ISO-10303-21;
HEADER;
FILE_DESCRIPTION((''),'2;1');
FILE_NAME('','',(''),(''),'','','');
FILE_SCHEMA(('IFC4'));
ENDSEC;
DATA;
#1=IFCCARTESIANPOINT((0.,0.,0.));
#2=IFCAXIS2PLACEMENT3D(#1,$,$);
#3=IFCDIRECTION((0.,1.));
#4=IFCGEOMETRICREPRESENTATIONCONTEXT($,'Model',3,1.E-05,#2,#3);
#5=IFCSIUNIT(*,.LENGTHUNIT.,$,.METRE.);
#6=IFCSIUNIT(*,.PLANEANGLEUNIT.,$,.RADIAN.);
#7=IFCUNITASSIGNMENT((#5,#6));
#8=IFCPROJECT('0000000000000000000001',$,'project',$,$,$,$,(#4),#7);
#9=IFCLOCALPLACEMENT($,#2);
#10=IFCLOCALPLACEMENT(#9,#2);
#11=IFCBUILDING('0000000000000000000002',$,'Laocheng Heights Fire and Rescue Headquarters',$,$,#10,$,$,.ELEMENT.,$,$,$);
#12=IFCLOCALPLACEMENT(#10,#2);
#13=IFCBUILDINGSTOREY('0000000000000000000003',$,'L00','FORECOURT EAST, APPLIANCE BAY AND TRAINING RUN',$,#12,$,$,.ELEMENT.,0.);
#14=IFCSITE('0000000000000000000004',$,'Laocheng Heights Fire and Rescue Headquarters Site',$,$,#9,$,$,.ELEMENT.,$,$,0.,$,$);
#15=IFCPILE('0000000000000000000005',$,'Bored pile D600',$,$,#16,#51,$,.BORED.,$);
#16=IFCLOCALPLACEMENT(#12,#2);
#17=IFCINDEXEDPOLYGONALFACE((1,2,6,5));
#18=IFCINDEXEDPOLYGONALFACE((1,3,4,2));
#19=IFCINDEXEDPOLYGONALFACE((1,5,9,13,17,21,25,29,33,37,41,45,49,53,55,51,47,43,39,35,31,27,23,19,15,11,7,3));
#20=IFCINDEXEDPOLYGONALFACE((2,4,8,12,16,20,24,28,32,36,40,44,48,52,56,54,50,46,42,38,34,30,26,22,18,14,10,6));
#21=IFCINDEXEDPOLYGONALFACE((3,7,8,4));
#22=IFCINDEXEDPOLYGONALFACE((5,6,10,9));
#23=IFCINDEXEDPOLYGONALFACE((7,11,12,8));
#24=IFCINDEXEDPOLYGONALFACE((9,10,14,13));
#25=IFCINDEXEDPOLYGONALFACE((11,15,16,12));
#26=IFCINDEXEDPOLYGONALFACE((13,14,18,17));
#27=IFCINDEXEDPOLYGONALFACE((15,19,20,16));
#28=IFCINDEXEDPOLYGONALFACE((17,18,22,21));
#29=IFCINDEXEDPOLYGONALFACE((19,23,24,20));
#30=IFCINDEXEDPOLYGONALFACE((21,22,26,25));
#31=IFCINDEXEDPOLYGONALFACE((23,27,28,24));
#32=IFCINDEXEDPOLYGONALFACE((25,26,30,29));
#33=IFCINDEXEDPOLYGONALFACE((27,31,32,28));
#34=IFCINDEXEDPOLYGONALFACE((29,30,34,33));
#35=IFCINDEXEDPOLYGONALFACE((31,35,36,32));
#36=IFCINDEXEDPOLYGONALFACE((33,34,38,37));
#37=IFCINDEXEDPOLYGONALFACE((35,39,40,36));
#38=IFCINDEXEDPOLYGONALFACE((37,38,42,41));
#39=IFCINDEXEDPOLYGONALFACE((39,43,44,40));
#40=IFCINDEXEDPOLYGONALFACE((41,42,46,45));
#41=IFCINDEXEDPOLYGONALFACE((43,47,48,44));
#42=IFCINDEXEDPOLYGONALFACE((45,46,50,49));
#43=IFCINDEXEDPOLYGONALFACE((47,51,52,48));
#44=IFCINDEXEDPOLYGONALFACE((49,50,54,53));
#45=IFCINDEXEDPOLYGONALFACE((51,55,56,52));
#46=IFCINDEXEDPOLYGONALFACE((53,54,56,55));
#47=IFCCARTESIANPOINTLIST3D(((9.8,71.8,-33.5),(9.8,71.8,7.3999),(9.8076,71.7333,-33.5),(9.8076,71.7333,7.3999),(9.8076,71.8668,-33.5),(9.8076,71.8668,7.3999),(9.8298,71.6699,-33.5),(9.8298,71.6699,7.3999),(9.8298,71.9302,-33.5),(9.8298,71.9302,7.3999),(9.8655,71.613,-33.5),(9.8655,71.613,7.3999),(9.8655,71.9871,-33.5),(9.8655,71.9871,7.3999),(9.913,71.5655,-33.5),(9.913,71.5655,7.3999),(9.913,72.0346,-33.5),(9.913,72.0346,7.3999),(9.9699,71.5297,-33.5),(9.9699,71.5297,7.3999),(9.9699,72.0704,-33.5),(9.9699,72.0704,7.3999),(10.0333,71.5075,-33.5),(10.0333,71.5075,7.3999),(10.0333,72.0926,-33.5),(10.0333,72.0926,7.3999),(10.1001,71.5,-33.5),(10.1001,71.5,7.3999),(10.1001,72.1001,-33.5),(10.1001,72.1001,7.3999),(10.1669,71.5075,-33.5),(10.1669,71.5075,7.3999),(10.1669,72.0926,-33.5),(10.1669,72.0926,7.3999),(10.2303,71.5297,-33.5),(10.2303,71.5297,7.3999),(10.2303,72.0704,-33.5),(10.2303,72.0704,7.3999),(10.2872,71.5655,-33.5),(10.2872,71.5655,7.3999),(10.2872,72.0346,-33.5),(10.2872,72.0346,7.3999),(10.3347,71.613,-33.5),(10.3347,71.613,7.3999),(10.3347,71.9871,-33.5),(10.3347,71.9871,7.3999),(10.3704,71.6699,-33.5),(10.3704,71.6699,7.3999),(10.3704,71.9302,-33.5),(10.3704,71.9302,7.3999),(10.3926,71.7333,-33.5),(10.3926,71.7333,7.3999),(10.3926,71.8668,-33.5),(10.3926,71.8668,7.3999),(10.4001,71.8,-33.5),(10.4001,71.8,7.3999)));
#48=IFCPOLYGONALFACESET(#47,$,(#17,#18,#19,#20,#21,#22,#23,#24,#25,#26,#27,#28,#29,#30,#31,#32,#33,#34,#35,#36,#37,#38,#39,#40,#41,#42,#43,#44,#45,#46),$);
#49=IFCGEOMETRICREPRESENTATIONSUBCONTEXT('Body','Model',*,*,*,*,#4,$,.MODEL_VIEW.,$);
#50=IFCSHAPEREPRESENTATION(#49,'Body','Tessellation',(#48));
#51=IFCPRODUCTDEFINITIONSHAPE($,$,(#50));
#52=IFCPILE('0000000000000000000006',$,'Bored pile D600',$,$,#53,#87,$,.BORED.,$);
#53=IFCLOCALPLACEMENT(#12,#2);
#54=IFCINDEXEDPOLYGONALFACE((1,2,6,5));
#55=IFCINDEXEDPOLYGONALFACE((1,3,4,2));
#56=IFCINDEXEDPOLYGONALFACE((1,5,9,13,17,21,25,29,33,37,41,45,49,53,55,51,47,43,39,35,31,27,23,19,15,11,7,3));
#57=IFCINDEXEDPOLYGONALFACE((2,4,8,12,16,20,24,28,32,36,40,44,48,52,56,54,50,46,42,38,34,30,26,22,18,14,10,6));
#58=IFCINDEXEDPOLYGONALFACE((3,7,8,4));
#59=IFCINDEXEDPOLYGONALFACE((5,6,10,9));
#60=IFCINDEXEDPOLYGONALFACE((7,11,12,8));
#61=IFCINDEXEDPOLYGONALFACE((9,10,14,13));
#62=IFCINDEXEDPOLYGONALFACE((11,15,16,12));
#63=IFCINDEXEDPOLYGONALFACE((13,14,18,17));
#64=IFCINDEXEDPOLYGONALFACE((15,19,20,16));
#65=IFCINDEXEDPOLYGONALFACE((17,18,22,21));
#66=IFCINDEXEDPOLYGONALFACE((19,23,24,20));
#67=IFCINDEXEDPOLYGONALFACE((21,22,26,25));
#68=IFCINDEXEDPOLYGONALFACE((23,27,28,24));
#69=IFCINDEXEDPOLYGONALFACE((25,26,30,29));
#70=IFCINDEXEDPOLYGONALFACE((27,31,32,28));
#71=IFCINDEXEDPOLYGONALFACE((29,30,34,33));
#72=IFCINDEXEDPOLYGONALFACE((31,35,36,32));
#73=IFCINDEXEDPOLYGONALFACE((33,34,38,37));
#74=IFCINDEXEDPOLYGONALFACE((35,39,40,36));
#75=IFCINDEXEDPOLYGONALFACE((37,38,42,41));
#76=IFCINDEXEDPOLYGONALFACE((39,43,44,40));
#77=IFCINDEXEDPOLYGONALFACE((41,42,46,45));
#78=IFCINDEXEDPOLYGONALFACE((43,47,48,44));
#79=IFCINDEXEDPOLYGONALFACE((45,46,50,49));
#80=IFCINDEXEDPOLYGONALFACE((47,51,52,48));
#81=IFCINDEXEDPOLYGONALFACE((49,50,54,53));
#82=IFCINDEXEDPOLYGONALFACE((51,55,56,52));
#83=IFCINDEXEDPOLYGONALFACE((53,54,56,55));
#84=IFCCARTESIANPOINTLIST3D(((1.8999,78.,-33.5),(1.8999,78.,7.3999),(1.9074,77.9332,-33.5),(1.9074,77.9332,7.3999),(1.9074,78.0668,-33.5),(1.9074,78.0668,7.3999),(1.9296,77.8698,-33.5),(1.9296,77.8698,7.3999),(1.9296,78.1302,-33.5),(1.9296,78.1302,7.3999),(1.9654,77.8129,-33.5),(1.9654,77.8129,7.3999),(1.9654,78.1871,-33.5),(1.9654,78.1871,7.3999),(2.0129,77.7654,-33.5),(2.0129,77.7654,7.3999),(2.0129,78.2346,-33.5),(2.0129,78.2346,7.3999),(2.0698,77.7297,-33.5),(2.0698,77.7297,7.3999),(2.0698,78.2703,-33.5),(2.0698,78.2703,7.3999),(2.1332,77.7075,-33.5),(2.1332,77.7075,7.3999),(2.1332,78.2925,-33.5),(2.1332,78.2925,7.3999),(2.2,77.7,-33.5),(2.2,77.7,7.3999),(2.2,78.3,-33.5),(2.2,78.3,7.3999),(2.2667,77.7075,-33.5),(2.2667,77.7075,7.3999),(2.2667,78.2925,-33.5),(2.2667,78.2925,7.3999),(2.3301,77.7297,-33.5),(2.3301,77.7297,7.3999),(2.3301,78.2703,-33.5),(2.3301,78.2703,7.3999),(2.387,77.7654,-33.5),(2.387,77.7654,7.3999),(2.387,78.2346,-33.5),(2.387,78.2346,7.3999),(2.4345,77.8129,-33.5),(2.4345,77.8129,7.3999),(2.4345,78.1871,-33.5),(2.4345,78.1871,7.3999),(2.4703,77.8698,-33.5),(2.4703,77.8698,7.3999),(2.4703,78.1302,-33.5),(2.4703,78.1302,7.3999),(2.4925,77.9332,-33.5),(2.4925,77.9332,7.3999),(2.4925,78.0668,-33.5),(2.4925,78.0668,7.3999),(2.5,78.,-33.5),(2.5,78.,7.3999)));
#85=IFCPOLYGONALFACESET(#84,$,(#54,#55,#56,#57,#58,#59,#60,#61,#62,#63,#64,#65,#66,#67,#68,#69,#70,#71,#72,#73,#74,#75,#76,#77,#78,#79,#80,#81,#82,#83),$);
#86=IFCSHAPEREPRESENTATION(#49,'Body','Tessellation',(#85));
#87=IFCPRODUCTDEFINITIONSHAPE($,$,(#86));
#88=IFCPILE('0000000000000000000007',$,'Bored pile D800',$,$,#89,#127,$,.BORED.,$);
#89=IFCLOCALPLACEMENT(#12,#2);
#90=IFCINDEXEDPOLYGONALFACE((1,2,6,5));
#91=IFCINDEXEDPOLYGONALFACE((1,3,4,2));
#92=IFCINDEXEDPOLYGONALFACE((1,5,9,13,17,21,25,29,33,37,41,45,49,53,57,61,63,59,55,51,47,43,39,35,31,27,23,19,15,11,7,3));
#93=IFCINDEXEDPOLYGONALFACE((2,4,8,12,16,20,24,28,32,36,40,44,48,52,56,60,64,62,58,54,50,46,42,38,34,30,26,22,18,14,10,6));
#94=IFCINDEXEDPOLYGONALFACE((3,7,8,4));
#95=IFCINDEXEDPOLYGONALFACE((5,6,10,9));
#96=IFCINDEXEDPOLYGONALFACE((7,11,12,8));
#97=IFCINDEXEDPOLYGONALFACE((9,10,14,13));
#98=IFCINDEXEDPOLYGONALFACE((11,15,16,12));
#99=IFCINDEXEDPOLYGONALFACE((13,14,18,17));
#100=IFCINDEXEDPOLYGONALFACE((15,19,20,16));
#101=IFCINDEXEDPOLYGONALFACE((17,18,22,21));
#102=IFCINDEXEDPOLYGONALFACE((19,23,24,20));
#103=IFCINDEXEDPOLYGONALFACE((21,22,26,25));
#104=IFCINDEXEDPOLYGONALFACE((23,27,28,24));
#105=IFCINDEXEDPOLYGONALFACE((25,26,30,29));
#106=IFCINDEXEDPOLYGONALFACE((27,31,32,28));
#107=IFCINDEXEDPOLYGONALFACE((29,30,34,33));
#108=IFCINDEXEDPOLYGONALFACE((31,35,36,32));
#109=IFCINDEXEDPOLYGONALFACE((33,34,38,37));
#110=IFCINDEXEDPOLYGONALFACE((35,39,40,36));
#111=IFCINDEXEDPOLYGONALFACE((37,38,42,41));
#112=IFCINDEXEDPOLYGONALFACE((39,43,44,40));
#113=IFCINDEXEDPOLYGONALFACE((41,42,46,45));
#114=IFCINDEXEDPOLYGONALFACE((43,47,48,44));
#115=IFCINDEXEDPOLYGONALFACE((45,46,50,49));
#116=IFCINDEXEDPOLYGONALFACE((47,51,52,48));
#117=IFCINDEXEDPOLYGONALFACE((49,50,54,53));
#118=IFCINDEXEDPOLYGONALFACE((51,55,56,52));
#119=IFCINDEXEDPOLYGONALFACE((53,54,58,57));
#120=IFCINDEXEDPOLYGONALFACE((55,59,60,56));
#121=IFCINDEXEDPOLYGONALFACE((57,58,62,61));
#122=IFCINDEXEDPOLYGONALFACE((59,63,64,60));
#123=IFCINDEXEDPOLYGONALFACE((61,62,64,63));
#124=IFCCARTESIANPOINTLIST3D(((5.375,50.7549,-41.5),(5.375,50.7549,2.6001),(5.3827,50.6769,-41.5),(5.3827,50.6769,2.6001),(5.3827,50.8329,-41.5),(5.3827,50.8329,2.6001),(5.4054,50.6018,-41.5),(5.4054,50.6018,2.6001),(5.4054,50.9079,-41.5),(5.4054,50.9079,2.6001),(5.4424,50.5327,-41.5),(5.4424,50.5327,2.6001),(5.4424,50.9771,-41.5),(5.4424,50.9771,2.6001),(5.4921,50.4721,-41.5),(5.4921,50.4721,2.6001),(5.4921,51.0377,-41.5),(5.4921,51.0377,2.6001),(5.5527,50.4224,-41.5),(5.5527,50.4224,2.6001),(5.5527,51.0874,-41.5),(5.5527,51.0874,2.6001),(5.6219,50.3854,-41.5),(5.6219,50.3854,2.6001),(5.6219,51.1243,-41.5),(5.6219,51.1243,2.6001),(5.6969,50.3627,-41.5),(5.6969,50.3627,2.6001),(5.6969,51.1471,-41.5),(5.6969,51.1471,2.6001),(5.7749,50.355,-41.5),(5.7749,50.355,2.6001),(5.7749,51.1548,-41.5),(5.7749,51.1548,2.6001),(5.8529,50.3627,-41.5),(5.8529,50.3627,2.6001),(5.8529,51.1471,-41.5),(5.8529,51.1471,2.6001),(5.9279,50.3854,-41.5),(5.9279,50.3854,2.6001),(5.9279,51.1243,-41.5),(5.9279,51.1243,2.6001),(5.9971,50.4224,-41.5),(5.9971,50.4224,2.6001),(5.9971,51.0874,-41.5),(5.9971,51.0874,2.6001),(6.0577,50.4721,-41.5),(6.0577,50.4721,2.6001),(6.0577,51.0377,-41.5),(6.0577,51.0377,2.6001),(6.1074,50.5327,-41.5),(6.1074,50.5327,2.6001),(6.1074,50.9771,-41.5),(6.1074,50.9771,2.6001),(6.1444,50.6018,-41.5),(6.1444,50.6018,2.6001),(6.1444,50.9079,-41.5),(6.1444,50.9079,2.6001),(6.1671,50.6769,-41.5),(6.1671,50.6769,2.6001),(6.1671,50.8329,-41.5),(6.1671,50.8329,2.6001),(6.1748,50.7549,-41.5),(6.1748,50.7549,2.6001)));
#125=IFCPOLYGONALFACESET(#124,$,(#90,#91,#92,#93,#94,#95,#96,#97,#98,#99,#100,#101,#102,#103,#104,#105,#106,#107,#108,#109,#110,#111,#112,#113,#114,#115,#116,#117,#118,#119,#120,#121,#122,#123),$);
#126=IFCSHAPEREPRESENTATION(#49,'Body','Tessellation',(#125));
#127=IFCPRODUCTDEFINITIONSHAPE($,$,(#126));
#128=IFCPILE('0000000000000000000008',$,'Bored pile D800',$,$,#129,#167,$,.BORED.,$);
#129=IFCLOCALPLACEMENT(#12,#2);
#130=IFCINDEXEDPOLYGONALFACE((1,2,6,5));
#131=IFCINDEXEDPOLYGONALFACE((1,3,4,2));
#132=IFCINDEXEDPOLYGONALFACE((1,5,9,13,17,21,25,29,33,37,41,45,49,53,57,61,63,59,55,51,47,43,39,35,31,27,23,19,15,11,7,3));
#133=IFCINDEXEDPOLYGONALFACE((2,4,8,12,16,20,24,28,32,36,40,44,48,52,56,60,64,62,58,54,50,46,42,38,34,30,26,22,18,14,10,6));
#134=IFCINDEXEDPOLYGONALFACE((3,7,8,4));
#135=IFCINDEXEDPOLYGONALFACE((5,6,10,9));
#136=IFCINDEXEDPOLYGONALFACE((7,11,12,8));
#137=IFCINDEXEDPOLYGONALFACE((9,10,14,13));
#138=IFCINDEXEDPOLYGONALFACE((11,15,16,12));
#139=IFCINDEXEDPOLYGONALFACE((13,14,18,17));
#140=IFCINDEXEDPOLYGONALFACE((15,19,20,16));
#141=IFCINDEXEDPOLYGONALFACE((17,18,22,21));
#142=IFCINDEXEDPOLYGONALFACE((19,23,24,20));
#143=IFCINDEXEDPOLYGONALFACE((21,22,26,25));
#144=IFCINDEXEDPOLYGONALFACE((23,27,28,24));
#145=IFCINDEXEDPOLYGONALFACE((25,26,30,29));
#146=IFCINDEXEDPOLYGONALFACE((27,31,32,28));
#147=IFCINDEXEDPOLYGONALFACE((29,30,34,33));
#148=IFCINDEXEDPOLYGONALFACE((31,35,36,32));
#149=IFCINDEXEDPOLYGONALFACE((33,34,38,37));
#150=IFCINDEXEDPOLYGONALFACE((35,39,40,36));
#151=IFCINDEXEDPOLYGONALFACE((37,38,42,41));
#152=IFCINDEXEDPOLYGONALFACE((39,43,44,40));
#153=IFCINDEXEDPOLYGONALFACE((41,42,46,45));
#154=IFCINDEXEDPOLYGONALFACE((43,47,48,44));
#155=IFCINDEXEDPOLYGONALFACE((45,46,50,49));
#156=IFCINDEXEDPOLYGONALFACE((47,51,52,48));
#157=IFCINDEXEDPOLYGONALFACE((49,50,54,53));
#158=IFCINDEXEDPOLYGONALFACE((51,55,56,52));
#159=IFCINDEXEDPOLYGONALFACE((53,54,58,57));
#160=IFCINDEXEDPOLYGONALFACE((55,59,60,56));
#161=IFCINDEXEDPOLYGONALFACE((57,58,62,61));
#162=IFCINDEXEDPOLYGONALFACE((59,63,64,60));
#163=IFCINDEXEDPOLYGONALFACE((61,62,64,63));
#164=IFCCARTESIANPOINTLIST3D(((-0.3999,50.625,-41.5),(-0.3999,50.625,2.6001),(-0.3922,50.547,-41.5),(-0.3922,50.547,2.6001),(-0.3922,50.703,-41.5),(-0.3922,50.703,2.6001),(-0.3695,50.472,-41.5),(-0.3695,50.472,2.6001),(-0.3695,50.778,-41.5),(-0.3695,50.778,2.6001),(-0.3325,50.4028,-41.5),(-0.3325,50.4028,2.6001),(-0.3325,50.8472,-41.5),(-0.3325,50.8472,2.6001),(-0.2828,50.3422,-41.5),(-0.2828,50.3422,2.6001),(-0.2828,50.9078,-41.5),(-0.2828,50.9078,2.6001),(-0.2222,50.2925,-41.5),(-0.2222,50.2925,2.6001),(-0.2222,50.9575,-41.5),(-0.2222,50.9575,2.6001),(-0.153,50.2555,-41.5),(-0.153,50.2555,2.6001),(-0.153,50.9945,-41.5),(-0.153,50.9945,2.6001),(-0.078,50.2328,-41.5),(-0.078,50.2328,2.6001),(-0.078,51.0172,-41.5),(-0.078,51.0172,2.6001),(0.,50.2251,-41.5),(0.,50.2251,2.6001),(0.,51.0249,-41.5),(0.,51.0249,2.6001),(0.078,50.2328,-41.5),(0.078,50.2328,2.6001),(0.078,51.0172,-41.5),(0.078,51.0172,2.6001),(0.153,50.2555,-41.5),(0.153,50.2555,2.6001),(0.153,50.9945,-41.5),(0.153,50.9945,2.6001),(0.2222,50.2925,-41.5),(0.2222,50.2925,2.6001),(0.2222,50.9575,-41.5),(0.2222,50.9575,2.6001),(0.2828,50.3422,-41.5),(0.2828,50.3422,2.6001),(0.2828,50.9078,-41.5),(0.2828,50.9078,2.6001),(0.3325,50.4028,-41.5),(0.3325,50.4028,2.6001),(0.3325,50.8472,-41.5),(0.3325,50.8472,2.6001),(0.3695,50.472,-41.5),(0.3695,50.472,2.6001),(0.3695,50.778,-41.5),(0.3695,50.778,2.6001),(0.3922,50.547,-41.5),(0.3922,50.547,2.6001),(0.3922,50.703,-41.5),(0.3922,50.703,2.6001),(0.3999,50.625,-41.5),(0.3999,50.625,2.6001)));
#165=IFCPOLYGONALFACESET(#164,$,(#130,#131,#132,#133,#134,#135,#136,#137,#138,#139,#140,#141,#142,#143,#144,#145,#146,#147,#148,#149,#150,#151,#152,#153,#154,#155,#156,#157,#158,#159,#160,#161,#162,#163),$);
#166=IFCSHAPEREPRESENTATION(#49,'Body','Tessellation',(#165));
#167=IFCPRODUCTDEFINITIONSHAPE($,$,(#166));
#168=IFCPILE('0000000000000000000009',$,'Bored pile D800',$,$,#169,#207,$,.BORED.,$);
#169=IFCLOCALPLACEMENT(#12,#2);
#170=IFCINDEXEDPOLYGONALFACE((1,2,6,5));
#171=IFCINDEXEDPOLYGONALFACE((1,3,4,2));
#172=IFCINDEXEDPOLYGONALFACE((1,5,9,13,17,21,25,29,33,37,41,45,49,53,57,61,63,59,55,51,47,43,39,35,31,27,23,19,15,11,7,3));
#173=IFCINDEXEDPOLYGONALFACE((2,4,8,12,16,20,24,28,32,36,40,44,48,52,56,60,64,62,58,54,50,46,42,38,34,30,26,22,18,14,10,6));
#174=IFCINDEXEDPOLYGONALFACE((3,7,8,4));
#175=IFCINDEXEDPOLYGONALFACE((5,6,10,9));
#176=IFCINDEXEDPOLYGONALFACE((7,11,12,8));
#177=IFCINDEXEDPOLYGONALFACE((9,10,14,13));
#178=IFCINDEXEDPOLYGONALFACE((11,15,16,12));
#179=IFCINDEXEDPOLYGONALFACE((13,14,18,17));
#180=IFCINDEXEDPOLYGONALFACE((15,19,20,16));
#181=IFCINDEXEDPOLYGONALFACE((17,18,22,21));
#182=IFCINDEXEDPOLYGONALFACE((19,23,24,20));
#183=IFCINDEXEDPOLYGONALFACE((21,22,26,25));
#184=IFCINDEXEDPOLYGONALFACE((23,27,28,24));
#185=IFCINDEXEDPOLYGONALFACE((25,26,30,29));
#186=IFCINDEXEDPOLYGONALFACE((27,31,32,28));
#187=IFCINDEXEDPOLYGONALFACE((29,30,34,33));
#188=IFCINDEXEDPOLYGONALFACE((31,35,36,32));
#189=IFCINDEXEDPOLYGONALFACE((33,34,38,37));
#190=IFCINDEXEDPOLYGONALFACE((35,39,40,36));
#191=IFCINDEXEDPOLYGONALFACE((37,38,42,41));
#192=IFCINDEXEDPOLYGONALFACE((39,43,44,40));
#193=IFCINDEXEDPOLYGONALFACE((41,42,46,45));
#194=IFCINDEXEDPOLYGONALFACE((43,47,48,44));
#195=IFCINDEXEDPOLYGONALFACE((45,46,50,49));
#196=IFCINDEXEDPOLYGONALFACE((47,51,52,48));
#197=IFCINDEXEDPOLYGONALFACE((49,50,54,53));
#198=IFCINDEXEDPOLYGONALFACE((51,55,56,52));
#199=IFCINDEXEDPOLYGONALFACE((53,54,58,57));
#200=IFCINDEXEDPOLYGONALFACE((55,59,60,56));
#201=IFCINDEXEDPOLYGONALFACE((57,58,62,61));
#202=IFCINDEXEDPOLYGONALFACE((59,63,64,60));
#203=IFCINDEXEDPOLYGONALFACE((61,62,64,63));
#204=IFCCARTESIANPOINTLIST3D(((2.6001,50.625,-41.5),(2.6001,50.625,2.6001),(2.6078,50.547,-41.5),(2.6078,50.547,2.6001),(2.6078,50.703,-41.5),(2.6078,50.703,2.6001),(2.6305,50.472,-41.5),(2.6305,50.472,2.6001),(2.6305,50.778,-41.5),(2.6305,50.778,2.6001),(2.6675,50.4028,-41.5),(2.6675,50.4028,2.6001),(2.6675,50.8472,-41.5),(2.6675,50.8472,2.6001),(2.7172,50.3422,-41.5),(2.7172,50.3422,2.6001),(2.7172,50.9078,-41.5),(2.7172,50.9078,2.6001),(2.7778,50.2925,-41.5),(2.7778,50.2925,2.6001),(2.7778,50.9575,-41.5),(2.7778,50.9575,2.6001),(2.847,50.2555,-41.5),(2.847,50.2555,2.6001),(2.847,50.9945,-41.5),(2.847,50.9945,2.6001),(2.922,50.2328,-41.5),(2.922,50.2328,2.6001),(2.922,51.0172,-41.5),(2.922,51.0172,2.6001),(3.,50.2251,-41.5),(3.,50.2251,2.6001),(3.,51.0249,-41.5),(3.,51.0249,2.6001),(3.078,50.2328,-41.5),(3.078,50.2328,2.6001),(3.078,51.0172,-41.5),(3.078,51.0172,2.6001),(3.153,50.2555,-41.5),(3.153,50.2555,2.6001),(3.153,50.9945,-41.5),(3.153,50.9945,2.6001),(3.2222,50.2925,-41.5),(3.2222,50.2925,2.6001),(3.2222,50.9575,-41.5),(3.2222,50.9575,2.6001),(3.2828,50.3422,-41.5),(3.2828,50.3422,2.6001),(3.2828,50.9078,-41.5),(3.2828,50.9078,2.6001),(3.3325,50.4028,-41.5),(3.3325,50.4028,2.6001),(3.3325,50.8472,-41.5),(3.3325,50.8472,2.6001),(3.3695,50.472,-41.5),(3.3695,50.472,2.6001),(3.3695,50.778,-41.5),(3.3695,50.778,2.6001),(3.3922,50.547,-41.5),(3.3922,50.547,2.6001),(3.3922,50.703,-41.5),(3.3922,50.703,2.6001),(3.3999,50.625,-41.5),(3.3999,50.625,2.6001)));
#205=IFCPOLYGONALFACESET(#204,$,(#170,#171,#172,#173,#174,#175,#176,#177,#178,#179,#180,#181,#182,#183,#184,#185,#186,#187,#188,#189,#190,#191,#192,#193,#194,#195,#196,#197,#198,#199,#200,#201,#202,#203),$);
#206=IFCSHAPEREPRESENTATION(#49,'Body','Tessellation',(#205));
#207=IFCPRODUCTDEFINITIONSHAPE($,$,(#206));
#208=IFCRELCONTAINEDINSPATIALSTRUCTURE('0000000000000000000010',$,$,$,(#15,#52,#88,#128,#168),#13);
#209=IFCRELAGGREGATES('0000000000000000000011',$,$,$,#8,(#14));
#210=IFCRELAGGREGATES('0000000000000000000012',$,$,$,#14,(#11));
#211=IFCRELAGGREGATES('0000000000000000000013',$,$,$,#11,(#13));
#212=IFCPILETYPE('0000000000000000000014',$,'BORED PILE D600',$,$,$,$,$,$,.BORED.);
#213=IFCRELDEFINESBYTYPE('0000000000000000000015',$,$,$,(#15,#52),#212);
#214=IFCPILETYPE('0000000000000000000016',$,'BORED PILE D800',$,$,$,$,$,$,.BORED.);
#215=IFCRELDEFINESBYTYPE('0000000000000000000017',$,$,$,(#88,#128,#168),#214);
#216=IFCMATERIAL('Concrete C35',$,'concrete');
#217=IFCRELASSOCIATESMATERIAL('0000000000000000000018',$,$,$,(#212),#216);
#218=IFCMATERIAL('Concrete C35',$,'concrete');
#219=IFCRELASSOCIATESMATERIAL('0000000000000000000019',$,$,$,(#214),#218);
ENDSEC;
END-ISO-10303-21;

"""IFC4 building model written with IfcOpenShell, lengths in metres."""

from ifc_helpers import new_model, si_unit, direction, frame, origin, origin_2d, place, context, subcontext, project, spatial, circle, extrude, material, material_profile, profile_set, type_object, element, save


model = new_model("IFC4")

# Units and contexts
model_context = context("Model", 3, precision=1e-05, world=origin(), true_north=direction((0.0, 1.0)))
body_context = subcontext(model_context, "Body", "Model", "MODEL_VIEW")
ifc_project = project(units=[si_unit("LENGTHUNIT", "METRE"), si_unit("PLANEANGLEUNIT", "RADIAN")], contexts=[model_context])

# Site, building, storey
site_placement = place(None, origin())
site = spatial("IfcSite", under=ifc_project, at=site_placement, Name="Laocheng Heights Fire and Rescue Headquarters Site", CompositionType="ELEMENT", RefElevation=0.0)
building_placement = place(site_placement, origin())
building = spatial("IfcBuilding", under=site, at=building_placement, Name="Laocheng Heights Fire and Rescue Headquarters", CompositionType="ELEMENT")
storey_placement = place(building_placement, origin())
storey = spatial("IfcBuildingStorey", under=building, at=storey_placement, Name="L00", Description="FORECOURT EAST, APPLIANCE BAY AND TRAINING RUN", CompositionType="ELEMENT", Elevation=0.0)

# Piles
ifc_material_1 = material(Name="Concrete C35", Category="concrete")
ifc_material_profile_1 = material_profile(ifc_material_1, circle(Radius=0.3, at=origin_2d()), Name="BORED PILE D600")
ifc_profile_set_1 = profile_set([ifc_material_profile_1], Name="Concrete C35")
pile_type_1 = type_object("IfcPileType", Name="BORED PILE D600", PredefinedType="BORED", material=ifc_profile_set_1)
for number, where, z_axis, x_axis, name in (
    (1, (10.1001, 71.8, 7.3999), (0.0, 0.0, -1.0), (1.0, 0.0, 0.0), "Bored pile D600"),
    (2, (2.2, 78.0, 7.3999), (0.0, 0.0, -1.0), (1.0, 0.0, 0.0), "Bored pile D600"),
):
    element("IfcPile", number, at=place(storey_placement, frame(where, z_axis=z_axis, x_axis=x_axis)), inside=storey, type_object=pile_type_1, Name=name, PredefinedType="BORED", context=body_context, shape_type="SweptSolid", body=[
        extrude(circle(Radius=0.3, at=origin_2d()), origin(), (0.0, 0.0, 1.0), 40.8999),
    ])
ifc_material_2 = material(Name="Concrete C35", Category="concrete")
ifc_material_profile_2 = material_profile(ifc_material_2, circle(Radius=0.3999, at=origin_2d()), Name="BORED PILE D800")
ifc_profile_set_2 = profile_set([ifc_material_profile_2], Name="Concrete C35")
pile_type_2 = type_object("IfcPileType", Name="BORED PILE D800", PredefinedType="BORED", material=ifc_profile_set_2)
for number, where, z_axis, x_axis, name in (
    (3, (5.7749, 50.7549, 2.6001), (0.0, 0.0, -1.0), (1.0, 0.0, 0.0), "Bored pile D800"),
    (4, (0.0, 50.625, 2.6001), (0.0, 0.0, -1.0), (1.0, 0.0, 0.0), "Bored pile D800"),
    (5, (3.0, 50.625, 2.6001), (0.0, 0.0, -1.0), (1.0, 0.0, 0.0), "Bored pile D800"),
):
    element("IfcPile", number, at=place(storey_placement, frame(where, z_axis=z_axis, x_axis=x_axis)), inside=storey, type_object=pile_type_2, Name=name, PredefinedType="BORED", context=body_context, shape_type="SweptSolid", body=[
        extrude(circle(Radius=0.3999, at=origin_2d()), origin(), (0.0, 0.0, 1.0), 44.1001),
    ])

save(model, "model.ifc")
